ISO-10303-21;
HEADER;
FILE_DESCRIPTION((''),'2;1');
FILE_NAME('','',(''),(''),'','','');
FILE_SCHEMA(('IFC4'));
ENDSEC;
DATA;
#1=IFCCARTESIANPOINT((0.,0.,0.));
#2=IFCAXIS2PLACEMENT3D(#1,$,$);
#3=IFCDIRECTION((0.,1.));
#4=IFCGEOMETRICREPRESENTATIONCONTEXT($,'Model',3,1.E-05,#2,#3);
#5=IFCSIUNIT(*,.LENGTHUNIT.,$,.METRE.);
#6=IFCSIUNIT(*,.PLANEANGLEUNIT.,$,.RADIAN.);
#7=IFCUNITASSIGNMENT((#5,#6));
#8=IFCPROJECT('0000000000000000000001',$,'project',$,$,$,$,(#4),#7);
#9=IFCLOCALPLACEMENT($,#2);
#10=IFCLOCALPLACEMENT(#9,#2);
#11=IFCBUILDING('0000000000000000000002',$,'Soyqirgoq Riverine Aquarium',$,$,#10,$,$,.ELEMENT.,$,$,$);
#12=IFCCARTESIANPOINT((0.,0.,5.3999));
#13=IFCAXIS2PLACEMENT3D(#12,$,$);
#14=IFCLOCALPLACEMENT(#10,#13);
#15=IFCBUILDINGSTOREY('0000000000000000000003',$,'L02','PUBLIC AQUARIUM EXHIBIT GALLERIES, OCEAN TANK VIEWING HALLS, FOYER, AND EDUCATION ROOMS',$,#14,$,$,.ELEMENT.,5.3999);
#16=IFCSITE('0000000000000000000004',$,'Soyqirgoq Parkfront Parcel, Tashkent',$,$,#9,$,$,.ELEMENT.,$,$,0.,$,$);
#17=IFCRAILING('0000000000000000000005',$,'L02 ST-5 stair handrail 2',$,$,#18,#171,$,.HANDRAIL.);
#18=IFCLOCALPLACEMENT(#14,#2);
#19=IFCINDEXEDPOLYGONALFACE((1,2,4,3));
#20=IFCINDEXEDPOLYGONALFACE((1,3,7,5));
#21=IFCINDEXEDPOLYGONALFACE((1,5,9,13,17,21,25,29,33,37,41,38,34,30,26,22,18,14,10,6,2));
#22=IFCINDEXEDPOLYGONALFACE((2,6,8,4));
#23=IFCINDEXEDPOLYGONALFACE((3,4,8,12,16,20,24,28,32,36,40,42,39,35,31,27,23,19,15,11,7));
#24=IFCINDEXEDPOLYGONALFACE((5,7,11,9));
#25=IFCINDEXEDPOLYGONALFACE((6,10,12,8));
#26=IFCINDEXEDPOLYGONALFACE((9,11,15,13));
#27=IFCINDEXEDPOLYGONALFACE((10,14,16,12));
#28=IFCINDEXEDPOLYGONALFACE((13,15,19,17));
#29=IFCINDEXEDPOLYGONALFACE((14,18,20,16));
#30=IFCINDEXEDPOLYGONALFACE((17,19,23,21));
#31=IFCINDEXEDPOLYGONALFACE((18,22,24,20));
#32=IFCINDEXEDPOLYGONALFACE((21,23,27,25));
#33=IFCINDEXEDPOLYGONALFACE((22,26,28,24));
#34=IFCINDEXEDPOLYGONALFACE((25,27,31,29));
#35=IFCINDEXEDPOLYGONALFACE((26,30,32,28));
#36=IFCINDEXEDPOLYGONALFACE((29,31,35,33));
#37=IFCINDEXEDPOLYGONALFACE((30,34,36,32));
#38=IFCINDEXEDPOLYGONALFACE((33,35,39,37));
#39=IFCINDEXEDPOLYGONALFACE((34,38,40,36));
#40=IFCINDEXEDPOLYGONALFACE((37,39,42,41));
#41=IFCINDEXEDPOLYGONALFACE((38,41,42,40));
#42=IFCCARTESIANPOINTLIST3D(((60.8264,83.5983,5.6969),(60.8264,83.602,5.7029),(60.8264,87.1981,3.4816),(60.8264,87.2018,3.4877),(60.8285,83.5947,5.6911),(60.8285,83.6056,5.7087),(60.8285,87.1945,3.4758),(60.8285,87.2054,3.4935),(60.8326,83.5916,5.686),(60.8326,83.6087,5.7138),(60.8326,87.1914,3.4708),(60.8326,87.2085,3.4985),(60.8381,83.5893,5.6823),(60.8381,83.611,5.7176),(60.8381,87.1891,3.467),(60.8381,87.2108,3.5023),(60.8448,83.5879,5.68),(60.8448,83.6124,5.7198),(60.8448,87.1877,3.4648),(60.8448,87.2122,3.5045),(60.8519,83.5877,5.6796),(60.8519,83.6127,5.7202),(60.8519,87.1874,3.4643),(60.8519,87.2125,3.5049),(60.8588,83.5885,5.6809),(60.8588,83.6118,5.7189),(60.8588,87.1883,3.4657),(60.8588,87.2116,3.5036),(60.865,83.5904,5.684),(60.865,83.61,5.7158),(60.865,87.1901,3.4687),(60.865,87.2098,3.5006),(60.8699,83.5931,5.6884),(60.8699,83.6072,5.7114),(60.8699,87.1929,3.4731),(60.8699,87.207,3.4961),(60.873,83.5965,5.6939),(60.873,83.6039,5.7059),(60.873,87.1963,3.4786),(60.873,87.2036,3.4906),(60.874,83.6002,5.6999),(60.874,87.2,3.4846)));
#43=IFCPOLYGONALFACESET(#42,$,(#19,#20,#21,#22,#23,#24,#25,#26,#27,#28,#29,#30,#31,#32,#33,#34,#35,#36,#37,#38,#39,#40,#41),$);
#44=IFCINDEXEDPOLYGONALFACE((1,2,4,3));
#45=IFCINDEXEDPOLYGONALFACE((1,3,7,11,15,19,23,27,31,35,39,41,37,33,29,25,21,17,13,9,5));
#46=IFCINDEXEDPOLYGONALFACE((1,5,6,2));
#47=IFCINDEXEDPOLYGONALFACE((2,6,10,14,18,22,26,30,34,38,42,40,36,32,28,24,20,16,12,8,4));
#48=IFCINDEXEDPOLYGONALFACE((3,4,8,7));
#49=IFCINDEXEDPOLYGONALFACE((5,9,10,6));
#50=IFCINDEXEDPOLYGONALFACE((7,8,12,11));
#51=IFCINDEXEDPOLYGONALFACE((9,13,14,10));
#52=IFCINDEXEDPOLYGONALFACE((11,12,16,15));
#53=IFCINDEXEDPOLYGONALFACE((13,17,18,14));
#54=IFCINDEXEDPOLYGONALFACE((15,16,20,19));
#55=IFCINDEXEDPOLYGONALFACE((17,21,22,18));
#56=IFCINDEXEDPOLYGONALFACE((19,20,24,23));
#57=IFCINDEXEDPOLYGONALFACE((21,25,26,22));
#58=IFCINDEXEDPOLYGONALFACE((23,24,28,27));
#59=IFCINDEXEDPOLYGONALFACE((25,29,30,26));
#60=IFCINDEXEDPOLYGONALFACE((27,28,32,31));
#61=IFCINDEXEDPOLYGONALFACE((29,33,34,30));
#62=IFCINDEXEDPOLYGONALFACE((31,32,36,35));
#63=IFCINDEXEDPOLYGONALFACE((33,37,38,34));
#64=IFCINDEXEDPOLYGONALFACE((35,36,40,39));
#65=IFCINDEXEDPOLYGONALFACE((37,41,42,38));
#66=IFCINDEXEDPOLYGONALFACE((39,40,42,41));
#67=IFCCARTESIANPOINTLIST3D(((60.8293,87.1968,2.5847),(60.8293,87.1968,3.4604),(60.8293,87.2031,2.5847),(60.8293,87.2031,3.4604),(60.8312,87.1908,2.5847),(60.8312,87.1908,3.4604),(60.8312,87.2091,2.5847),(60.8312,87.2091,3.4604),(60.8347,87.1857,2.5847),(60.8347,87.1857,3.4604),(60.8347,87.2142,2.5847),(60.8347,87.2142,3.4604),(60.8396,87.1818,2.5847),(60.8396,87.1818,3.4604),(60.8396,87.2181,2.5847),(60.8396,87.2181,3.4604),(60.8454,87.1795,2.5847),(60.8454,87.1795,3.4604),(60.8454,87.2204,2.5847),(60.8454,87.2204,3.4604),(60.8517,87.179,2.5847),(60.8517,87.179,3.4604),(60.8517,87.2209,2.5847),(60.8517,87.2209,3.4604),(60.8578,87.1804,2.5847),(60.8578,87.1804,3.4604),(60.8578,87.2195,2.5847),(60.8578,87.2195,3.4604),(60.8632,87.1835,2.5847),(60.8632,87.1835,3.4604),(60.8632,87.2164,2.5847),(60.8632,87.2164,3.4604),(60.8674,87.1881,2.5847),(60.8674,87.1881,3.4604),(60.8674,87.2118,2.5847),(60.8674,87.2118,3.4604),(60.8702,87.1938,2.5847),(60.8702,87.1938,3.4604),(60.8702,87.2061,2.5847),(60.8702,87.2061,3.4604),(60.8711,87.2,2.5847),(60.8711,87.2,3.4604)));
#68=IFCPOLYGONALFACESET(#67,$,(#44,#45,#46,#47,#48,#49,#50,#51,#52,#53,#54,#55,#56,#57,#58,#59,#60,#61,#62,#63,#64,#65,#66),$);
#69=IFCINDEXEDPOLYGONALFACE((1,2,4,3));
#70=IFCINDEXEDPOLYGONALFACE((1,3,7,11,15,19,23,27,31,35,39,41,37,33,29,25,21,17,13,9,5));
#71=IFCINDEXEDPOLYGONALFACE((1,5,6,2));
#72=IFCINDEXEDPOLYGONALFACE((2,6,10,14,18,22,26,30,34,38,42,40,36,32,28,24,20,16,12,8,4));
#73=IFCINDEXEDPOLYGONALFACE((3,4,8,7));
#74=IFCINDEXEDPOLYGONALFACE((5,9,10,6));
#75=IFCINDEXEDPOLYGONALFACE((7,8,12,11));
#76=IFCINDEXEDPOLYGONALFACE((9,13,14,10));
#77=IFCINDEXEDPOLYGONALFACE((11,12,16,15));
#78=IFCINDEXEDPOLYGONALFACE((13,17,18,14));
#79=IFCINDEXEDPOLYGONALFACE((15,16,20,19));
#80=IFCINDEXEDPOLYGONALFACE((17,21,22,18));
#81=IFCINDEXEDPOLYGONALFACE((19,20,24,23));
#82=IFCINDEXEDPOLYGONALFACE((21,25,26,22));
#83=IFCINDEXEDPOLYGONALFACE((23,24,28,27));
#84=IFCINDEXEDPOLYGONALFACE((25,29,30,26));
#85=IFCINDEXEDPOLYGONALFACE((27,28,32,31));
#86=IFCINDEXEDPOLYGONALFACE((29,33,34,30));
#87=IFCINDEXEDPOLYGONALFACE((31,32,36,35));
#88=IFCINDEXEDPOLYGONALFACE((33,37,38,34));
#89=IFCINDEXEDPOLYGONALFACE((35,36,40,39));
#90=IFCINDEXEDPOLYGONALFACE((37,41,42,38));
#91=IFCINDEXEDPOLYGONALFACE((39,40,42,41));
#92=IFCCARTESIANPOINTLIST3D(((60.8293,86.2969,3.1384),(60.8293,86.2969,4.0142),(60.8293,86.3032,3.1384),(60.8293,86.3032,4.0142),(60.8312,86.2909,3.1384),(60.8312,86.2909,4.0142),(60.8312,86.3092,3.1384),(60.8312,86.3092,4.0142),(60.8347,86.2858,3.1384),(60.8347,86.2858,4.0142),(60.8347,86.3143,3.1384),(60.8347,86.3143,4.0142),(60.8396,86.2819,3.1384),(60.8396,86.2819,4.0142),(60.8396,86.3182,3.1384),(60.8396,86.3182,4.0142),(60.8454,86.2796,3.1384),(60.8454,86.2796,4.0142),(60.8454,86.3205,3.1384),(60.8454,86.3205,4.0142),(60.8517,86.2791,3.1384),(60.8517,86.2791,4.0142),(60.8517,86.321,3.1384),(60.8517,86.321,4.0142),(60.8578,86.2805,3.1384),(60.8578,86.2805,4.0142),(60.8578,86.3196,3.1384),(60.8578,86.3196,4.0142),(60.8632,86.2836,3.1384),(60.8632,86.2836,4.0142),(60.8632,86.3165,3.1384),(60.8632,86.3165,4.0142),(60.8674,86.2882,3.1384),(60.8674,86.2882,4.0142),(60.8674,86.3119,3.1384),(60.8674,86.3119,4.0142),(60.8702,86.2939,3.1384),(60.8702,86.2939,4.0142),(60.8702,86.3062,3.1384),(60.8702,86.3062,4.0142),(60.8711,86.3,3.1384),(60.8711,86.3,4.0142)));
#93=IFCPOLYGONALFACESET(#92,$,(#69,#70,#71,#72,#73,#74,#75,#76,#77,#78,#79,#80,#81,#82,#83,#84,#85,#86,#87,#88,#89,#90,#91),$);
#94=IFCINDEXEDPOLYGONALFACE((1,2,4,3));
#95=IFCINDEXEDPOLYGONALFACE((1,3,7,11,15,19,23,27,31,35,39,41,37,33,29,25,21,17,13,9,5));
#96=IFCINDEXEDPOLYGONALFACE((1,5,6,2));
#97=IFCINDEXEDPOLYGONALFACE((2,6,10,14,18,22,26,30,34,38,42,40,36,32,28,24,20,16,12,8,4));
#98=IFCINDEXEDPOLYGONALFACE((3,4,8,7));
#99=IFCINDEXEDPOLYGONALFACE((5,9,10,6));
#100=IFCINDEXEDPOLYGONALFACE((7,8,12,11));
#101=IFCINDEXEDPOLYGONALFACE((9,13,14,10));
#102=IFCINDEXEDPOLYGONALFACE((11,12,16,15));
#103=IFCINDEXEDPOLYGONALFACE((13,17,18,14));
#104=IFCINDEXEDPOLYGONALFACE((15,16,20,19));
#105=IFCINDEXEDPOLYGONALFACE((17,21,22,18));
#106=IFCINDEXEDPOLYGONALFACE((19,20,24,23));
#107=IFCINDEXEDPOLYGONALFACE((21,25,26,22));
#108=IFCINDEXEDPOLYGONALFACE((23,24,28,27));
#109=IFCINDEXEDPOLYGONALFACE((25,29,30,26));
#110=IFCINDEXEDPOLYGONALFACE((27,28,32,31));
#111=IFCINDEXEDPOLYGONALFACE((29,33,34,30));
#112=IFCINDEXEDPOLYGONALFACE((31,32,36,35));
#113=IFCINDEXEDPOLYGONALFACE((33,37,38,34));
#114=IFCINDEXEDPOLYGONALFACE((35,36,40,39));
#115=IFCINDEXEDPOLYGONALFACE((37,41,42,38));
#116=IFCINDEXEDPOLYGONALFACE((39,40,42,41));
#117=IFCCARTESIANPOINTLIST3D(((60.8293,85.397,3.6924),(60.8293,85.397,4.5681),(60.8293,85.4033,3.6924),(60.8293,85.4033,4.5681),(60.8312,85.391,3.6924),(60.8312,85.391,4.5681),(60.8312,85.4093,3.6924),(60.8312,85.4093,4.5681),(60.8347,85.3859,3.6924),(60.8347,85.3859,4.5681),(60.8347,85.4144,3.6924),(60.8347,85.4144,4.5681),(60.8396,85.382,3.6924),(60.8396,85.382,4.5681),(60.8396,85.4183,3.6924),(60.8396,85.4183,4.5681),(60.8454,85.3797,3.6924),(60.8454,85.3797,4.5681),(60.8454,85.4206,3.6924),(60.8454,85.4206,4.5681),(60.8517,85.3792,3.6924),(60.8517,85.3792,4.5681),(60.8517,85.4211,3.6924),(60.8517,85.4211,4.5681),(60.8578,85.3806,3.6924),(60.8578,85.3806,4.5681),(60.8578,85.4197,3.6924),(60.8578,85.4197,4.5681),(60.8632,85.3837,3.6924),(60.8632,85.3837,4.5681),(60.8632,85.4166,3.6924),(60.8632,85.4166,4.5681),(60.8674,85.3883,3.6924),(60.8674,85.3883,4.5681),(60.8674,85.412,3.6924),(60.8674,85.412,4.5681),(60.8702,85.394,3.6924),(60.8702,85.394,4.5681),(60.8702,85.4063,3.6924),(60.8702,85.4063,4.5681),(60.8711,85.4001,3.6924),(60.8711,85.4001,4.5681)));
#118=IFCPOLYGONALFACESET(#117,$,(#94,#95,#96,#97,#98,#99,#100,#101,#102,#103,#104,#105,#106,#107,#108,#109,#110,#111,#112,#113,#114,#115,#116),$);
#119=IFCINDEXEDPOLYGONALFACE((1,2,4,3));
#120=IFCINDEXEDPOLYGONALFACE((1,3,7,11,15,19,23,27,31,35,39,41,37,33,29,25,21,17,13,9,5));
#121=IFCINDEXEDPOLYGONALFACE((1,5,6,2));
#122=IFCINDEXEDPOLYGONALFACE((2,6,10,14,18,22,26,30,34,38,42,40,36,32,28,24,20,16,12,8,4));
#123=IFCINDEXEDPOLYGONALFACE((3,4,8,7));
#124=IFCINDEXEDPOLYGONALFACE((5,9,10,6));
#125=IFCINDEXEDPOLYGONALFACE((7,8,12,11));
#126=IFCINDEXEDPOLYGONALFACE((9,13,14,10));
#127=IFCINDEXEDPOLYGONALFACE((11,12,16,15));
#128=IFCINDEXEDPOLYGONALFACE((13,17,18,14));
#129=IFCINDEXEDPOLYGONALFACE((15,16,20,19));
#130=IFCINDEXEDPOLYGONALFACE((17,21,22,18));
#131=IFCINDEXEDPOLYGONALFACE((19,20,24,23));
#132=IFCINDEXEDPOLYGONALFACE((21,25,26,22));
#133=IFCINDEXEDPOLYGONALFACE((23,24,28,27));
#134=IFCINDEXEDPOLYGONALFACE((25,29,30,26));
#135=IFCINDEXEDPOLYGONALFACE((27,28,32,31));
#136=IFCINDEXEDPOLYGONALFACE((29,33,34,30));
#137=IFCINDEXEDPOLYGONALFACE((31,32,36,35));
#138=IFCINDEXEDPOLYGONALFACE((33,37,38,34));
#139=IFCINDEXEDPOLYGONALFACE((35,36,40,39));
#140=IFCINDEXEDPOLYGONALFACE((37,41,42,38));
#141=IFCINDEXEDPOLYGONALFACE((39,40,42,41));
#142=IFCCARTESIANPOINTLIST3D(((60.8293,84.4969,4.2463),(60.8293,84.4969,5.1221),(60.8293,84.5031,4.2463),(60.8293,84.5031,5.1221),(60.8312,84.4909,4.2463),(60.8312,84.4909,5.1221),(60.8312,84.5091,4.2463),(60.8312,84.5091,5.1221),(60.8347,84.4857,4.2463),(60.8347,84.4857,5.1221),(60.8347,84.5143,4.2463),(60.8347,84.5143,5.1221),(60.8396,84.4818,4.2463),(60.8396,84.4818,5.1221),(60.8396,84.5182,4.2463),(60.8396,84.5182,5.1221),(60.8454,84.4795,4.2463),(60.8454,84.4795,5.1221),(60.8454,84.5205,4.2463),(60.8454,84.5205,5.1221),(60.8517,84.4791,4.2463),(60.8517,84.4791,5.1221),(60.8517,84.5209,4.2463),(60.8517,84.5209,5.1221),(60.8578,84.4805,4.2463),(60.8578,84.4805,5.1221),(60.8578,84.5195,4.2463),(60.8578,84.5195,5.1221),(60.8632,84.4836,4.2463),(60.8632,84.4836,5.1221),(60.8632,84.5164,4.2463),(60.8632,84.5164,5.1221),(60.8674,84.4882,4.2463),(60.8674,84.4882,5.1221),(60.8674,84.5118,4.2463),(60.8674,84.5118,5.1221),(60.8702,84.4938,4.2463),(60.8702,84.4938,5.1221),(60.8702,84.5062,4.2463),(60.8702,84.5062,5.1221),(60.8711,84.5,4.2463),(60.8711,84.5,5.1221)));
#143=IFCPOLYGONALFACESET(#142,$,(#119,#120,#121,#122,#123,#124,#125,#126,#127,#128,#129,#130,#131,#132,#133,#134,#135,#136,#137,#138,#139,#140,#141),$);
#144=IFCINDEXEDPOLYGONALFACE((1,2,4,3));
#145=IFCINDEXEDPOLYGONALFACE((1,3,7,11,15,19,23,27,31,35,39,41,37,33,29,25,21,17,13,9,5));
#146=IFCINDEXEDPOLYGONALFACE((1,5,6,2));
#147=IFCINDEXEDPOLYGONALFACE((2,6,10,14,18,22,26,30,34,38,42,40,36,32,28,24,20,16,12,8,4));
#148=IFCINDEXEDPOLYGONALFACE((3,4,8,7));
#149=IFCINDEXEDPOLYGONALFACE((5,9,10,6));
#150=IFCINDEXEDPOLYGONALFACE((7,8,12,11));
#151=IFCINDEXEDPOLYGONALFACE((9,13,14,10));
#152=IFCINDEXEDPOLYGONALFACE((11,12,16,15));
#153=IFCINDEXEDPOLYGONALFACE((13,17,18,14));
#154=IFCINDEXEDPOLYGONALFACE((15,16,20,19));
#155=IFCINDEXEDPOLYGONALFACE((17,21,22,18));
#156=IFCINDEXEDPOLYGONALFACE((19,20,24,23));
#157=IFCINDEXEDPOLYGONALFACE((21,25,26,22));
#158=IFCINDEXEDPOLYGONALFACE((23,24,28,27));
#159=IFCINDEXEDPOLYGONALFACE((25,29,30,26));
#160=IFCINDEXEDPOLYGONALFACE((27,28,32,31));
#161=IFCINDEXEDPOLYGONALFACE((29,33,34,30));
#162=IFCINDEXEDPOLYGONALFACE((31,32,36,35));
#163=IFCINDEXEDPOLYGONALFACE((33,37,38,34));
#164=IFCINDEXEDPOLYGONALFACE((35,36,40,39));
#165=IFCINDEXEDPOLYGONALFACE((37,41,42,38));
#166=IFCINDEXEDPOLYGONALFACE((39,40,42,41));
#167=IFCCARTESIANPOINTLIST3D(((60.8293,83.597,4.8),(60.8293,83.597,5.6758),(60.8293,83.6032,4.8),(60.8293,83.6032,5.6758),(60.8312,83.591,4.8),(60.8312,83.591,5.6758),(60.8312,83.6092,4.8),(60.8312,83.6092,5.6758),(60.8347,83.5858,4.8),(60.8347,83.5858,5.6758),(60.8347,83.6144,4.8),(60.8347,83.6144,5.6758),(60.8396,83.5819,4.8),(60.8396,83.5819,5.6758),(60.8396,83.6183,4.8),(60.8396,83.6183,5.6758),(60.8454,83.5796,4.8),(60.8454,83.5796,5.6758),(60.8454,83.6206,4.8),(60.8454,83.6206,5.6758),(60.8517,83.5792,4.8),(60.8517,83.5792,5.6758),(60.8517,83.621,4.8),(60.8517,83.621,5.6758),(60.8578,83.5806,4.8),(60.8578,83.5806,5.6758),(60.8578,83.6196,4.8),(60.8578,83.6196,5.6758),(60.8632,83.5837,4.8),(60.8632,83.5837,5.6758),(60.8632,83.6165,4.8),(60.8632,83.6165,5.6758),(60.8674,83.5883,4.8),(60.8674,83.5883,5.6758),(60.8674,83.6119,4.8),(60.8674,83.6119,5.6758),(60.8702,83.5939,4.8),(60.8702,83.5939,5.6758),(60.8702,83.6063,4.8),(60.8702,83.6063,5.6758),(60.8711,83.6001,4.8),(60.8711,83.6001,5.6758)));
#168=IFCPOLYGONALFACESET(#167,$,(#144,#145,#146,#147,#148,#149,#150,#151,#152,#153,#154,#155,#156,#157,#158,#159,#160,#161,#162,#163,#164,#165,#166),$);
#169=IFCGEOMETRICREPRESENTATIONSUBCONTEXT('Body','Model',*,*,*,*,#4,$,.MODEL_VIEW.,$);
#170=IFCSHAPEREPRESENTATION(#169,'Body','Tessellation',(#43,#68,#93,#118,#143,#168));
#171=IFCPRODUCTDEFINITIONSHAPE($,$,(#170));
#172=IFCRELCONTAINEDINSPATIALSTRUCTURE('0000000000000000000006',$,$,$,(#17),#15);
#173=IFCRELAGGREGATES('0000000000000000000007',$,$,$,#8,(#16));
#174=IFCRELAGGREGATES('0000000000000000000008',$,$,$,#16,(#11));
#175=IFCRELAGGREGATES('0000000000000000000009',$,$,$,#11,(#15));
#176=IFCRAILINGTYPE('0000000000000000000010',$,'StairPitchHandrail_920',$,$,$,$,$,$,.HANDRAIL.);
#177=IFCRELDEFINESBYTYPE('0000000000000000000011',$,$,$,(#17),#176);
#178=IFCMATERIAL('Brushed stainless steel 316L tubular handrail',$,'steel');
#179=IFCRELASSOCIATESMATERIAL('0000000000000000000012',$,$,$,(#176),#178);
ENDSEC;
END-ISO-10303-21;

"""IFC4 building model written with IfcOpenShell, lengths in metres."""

from ifc_helpers import new_model, si_unit, direction, frame, origin, origin_2d, place, context, subcontext, project, spatial, circle, extrude, material, type_object, element, save


model = new_model("IFC4")

# Units and contexts
model_context = context("Model", 3, precision=1e-05, world=origin(), true_north=direction((0.0, 1.0)))
body_context = subcontext(model_context, "Body", "Model", "MODEL_VIEW")
ifc_project = project(units=[si_unit("LENGTHUNIT", "METRE"), si_unit("PLANEANGLEUNIT", "RADIAN")], contexts=[model_context])

# Site, building, storey
site_placement = place(None, origin())
site = spatial("IfcSite", under=ifc_project, at=site_placement, Name="Soyqirgoq Parkfront Parcel, Tashkent", CompositionType="ELEMENT", RefElevation=0.0)
building_placement = place(site_placement, origin())
building = spatial("IfcBuilding", under=site, at=building_placement, Name="Soyqirgoq Riverine Aquarium", CompositionType="ELEMENT")
storey_placement = place(building_placement, frame((0.0, 0.0, 5.3999)))
storey = spatial("IfcBuildingStorey", under=building, at=storey_placement, Name="L02", Description="PUBLIC AQUARIUM EXHIBIT GALLERIES, OCEAN TANK VIEWING HALLS, FOYER, AND EDUCATION ROOMS", CompositionType="ELEMENT", Elevation=5.3999)

# Railing
ifc_material_1 = material(Name="Brushed stainless steel 316L tubular handrail", Category="steel")
railing_type_1 = type_object("IfcRailingType", Name="StairPitchHandrail_920", PredefinedType="HANDRAIL", material=ifc_material_1)
railing_1_placement = place(storey_placement, frame((60.8501, 87.2, 2.5847)))
element("IfcRailing", 1, at=railing_1_placement, inside=storey, type_object=railing_type_1, Name="L02 ST-5 stair handrail 2", PredefinedType="HANDRAIL", context=body_context, shape_type="SweptSolid", body=[
    extrude(circle(Radius=0.0239, at=origin_2d()), frame((0.0, 0.0, 0.8999), z_axis=(0.0, -0.851654, 0.524104), x_axis=(1.0, 0.0, 0.0)), (0.0, 0.0, 1.0), 4.2268),
    extrude(circle(Radius=0.021, at=origin_2d()), origin(), (0.0, 0.0, 1.0), 0.8757),
    extrude(circle(Radius=0.021, at=origin_2d()), frame((0.0, -0.8999, 0.5537)), (0.0, 0.0, 1.0), 0.8757),
    extrude(circle(Radius=0.021, at=origin_2d()), frame((0.0, -1.7998, 1.1077)), (0.0, 0.0, 1.0), 0.8757),
    extrude(circle(Radius=0.021, at=origin_2d()), frame((0.0, -2.7, 1.6616)), (0.0, 0.0, 1.0), 0.8757),
    extrude(circle(Radius=0.021, at=origin_2d()), frame((0.0, -3.5999, 2.2153)), (0.0, 0.0, 1.0), 0.8757),
])

save(model, "model.ifc")
